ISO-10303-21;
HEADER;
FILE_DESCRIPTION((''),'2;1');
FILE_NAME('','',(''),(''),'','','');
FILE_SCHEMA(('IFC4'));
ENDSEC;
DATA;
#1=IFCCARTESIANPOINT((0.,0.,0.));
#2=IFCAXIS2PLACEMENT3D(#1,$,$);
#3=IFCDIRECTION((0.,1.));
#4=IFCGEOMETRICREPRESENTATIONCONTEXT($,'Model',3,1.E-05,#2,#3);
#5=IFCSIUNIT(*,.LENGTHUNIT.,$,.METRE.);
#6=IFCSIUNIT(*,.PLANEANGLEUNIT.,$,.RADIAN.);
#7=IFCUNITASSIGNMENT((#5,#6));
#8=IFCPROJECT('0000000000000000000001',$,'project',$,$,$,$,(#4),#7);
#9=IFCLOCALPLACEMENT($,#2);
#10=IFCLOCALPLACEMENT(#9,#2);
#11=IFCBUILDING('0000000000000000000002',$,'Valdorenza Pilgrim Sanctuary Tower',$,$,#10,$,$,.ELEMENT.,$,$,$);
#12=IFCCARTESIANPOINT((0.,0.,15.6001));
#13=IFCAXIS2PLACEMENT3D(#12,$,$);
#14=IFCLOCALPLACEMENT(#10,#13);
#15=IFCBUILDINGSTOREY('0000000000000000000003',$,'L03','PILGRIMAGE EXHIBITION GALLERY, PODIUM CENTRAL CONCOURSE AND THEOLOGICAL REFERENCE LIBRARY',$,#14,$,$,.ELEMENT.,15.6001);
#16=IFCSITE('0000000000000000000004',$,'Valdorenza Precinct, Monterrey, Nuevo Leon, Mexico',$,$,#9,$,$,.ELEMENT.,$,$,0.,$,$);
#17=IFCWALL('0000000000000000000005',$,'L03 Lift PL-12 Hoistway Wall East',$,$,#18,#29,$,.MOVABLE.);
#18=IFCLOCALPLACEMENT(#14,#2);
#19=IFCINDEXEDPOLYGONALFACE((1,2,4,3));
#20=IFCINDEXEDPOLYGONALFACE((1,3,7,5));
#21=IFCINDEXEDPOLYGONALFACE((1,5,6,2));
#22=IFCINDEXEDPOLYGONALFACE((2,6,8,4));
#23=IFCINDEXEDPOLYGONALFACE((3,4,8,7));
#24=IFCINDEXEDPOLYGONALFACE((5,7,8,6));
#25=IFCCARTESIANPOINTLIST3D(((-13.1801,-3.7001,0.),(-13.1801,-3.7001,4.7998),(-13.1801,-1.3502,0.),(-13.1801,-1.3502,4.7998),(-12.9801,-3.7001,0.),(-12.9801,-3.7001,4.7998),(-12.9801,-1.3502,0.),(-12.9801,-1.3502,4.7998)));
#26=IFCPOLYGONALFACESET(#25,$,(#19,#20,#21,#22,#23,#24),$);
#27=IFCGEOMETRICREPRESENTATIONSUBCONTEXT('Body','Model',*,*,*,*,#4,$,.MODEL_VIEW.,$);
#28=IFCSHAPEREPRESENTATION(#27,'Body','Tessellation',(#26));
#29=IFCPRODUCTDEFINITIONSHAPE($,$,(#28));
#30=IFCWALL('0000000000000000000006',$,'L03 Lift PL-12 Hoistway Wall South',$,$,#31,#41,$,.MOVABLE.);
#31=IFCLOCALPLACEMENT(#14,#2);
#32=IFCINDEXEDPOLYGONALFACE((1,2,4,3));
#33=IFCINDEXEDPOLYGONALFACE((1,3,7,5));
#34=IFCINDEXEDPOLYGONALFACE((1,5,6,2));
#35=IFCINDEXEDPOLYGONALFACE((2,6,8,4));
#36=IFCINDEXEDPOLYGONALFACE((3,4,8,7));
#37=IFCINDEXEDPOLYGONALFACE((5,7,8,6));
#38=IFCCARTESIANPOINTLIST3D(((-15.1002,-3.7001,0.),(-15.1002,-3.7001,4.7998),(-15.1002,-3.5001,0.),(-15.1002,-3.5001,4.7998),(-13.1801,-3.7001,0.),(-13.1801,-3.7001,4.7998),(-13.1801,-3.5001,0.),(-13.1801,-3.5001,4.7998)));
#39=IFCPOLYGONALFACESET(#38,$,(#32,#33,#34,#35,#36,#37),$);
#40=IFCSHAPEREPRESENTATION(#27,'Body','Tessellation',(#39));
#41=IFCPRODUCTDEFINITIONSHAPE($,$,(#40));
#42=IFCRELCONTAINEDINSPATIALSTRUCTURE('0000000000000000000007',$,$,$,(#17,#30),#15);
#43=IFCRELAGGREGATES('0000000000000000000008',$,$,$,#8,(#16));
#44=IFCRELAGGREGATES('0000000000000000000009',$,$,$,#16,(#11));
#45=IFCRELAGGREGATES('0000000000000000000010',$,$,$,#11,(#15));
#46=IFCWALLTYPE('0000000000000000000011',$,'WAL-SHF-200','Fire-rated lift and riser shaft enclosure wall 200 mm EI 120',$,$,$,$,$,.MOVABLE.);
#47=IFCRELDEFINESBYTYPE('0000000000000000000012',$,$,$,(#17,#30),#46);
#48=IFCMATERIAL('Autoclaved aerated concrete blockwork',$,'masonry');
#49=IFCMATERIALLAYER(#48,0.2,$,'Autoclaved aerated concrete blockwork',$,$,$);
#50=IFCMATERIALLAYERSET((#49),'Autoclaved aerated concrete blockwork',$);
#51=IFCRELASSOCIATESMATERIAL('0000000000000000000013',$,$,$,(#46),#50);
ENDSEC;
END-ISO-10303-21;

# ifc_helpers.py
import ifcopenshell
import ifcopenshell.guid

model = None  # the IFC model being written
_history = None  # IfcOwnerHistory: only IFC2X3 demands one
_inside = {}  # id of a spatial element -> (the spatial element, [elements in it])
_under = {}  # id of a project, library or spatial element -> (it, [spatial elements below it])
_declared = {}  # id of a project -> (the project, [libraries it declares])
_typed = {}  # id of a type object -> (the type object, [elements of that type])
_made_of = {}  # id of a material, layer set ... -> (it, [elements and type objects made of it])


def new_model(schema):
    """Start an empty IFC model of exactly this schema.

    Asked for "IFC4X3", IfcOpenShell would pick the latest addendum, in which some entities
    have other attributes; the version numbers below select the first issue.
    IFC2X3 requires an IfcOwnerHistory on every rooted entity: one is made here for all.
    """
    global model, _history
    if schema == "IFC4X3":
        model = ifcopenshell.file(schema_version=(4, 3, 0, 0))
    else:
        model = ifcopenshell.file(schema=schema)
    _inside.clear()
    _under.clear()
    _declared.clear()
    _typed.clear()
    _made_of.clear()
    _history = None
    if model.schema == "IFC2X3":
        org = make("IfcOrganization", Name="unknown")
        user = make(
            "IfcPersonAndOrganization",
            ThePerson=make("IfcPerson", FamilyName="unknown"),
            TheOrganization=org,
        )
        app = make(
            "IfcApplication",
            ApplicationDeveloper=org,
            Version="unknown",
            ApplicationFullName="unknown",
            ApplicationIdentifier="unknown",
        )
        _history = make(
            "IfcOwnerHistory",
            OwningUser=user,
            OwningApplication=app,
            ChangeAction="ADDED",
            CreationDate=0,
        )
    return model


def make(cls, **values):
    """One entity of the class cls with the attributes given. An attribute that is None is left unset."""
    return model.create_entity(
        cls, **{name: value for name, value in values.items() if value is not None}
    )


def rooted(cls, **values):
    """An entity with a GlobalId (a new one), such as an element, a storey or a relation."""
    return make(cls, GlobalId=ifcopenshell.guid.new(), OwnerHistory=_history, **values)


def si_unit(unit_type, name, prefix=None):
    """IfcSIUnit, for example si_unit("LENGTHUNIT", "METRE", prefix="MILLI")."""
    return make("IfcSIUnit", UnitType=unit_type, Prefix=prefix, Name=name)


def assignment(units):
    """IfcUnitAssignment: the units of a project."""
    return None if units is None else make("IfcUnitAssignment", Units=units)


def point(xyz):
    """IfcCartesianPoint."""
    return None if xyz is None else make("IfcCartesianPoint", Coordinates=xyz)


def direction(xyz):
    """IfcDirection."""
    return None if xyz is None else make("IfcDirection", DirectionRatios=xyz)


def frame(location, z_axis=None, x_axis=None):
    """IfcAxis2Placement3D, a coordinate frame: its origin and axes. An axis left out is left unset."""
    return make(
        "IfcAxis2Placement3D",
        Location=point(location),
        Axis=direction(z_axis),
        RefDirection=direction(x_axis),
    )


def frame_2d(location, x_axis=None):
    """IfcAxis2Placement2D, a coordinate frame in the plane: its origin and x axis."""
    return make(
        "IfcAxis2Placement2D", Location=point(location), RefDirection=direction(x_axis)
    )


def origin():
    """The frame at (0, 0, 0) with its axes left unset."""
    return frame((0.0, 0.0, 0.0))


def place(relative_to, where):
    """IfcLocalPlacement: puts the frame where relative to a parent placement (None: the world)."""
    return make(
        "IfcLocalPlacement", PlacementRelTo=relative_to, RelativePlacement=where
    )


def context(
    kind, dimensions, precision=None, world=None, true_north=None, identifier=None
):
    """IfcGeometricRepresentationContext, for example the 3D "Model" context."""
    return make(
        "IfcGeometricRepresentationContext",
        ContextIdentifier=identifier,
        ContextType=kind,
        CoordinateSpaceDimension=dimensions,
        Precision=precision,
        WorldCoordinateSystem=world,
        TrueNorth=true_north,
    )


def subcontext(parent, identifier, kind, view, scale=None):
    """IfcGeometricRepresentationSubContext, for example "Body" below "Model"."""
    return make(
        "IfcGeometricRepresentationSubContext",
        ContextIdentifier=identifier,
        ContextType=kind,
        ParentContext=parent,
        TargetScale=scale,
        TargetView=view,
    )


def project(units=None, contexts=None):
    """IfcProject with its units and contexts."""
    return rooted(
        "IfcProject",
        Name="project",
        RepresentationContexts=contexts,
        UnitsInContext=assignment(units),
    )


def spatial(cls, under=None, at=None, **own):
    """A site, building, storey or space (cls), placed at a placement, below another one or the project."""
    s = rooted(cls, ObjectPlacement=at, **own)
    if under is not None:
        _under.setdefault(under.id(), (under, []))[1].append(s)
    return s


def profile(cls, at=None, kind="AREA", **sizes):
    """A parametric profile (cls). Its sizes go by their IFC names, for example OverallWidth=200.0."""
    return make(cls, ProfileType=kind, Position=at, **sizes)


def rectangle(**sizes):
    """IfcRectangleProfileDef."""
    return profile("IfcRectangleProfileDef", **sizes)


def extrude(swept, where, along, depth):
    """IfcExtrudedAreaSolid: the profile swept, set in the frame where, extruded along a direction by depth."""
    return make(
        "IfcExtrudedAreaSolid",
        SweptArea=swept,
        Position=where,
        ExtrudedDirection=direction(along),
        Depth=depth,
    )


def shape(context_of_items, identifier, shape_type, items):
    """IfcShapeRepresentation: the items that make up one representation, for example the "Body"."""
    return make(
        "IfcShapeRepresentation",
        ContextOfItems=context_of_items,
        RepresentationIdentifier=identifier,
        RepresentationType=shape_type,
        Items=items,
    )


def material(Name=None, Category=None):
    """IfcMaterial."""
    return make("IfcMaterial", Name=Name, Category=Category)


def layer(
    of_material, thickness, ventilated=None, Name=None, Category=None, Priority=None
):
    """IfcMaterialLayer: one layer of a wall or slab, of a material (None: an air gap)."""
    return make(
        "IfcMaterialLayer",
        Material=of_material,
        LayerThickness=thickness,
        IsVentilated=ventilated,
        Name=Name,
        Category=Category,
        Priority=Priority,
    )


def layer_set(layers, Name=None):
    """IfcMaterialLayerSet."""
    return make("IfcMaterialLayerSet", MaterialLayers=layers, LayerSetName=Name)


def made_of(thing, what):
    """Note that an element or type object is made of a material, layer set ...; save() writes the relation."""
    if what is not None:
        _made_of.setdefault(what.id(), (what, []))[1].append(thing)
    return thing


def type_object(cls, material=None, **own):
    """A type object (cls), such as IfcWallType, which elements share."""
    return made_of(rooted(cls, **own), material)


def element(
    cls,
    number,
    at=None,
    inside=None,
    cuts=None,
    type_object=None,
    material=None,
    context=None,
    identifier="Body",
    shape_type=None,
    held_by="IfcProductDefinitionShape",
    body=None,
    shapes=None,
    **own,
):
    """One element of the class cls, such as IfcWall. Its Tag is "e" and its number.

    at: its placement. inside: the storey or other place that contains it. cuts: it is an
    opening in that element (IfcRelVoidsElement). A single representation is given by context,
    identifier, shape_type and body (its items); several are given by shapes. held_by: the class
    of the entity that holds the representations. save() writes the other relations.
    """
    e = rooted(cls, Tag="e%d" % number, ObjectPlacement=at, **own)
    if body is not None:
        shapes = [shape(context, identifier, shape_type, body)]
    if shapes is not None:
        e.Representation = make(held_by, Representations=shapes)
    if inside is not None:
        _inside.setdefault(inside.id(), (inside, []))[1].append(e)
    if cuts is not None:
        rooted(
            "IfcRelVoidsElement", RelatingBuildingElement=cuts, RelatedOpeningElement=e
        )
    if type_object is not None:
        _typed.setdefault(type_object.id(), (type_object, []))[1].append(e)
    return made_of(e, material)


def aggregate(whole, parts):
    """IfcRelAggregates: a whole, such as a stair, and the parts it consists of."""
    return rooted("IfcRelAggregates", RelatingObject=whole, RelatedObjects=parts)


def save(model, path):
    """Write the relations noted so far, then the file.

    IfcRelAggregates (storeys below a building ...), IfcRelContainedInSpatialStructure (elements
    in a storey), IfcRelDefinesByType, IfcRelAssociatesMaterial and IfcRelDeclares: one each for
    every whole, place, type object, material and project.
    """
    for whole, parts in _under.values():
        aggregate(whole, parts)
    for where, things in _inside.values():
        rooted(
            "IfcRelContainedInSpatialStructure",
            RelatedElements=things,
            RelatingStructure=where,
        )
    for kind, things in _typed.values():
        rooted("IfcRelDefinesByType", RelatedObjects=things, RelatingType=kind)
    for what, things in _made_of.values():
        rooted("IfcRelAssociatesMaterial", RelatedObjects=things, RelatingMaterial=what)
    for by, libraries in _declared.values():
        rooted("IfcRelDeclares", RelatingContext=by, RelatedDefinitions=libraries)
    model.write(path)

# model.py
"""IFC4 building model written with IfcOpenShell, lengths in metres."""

from ifc_helpers import new_model, si_unit, direction, frame, frame_2d, origin, place, context, subcontext, project, spatial, rectangle, extrude, material, layer, layer_set, type_object, element, save


model = new_model("IFC4")

# Units and contexts
model_context = context("Model", 3, precision=1e-05, world=origin(), true_north=direction((0.0, 1.0)))
body_context = subcontext(model_context, "Body", "Model", "MODEL_VIEW")
ifc_project = project(units=[si_unit("LENGTHUNIT", "METRE"), si_unit("PLANEANGLEUNIT", "RADIAN")], contexts=[model_context])

# Site, building, storey
site_placement = place(None, origin())
site = spatial("IfcSite", under=ifc_project, at=site_placement, Name="Valdorenza Precinct, Monterrey, Nuevo Leon, Mexico", CompositionType="ELEMENT", RefElevation=0.0)
building_placement = place(site_placement, origin())
building = spatial("IfcBuilding", under=site, at=building_placement, Name="Valdorenza Pilgrim Sanctuary Tower", CompositionType="ELEMENT")
storey_placement = place(building_placement, frame((0.0, 0.0, 15.6001)))
storey = spatial("IfcBuildingStorey", under=building, at=storey_placement, Name="L03", Description="PILGRIMAGE EXHIBITION GALLERY, PODIUM CENTRAL CONCOURSE AND THEOLOGICAL REFERENCE LIBRARY", CompositionType="ELEMENT", Elevation=15.6001)

# Shared definitions
ifc_material_1 = material(Name="Autoclaved aerated concrete blockwork", Category="masonry")
ifc_layer_1 = layer(ifc_material_1, 0.2, Name="Autoclaved aerated concrete blockwork")
ifc_layer_set_1 = layer_set([ifc_layer_1], Name="Autoclaved aerated concrete blockwork")
wall_type_1 = type_object("IfcWallType", Name="WAL-SHF-200", Description="Fire-rated lift and riser shaft enclosure wall 200 mm EI 120", PredefinedType="MOVABLE", material=ifc_layer_set_1)

# Walls
for number, where, z_axis, x_axis, name in (
    (1, (-13.0801, -3.7, 0.0), (0.0, 0.0, 1.0), (0.0, 1.0, 0.0), "L03 Lift PL-12 Hoistway Wall East"),
):
    element("IfcWall", number, at=place(storey_placement, frame(where, z_axis=z_axis, x_axis=x_axis)), inside=storey, type_object=wall_type_1, Name=name, PredefinedType="MOVABLE", context=body_context, shape_type="SweptSolid", body=[
        extrude(rectangle(XDim=2.3499, YDim=0.2, at=frame_2d((1.1748, 0.0))), origin(), (0.0, 0.0, 1.0), 4.7998),
    ])
wall_1_placement = place(storey_placement, frame((-15.1001, -3.6001, 0.0), z_axis=(0.0, 0.0, 1.0), x_axis=(1.0, 0.0, 0.0)))
element("IfcWall", 2, at=wall_1_placement, inside=storey, type_object=wall_type_1, Name="L03 Lift PL-12 Hoistway Wall South", PredefinedType="MOVABLE", context=body_context, shape_type="SweptSolid", body=[
    extrude(rectangle(XDim=1.9202, YDim=0.2, at=frame_2d((0.96, 0.0))), origin(), (0.0, 0.0, 1.0), 4.7998),
])

save(model, "model.ifc")
